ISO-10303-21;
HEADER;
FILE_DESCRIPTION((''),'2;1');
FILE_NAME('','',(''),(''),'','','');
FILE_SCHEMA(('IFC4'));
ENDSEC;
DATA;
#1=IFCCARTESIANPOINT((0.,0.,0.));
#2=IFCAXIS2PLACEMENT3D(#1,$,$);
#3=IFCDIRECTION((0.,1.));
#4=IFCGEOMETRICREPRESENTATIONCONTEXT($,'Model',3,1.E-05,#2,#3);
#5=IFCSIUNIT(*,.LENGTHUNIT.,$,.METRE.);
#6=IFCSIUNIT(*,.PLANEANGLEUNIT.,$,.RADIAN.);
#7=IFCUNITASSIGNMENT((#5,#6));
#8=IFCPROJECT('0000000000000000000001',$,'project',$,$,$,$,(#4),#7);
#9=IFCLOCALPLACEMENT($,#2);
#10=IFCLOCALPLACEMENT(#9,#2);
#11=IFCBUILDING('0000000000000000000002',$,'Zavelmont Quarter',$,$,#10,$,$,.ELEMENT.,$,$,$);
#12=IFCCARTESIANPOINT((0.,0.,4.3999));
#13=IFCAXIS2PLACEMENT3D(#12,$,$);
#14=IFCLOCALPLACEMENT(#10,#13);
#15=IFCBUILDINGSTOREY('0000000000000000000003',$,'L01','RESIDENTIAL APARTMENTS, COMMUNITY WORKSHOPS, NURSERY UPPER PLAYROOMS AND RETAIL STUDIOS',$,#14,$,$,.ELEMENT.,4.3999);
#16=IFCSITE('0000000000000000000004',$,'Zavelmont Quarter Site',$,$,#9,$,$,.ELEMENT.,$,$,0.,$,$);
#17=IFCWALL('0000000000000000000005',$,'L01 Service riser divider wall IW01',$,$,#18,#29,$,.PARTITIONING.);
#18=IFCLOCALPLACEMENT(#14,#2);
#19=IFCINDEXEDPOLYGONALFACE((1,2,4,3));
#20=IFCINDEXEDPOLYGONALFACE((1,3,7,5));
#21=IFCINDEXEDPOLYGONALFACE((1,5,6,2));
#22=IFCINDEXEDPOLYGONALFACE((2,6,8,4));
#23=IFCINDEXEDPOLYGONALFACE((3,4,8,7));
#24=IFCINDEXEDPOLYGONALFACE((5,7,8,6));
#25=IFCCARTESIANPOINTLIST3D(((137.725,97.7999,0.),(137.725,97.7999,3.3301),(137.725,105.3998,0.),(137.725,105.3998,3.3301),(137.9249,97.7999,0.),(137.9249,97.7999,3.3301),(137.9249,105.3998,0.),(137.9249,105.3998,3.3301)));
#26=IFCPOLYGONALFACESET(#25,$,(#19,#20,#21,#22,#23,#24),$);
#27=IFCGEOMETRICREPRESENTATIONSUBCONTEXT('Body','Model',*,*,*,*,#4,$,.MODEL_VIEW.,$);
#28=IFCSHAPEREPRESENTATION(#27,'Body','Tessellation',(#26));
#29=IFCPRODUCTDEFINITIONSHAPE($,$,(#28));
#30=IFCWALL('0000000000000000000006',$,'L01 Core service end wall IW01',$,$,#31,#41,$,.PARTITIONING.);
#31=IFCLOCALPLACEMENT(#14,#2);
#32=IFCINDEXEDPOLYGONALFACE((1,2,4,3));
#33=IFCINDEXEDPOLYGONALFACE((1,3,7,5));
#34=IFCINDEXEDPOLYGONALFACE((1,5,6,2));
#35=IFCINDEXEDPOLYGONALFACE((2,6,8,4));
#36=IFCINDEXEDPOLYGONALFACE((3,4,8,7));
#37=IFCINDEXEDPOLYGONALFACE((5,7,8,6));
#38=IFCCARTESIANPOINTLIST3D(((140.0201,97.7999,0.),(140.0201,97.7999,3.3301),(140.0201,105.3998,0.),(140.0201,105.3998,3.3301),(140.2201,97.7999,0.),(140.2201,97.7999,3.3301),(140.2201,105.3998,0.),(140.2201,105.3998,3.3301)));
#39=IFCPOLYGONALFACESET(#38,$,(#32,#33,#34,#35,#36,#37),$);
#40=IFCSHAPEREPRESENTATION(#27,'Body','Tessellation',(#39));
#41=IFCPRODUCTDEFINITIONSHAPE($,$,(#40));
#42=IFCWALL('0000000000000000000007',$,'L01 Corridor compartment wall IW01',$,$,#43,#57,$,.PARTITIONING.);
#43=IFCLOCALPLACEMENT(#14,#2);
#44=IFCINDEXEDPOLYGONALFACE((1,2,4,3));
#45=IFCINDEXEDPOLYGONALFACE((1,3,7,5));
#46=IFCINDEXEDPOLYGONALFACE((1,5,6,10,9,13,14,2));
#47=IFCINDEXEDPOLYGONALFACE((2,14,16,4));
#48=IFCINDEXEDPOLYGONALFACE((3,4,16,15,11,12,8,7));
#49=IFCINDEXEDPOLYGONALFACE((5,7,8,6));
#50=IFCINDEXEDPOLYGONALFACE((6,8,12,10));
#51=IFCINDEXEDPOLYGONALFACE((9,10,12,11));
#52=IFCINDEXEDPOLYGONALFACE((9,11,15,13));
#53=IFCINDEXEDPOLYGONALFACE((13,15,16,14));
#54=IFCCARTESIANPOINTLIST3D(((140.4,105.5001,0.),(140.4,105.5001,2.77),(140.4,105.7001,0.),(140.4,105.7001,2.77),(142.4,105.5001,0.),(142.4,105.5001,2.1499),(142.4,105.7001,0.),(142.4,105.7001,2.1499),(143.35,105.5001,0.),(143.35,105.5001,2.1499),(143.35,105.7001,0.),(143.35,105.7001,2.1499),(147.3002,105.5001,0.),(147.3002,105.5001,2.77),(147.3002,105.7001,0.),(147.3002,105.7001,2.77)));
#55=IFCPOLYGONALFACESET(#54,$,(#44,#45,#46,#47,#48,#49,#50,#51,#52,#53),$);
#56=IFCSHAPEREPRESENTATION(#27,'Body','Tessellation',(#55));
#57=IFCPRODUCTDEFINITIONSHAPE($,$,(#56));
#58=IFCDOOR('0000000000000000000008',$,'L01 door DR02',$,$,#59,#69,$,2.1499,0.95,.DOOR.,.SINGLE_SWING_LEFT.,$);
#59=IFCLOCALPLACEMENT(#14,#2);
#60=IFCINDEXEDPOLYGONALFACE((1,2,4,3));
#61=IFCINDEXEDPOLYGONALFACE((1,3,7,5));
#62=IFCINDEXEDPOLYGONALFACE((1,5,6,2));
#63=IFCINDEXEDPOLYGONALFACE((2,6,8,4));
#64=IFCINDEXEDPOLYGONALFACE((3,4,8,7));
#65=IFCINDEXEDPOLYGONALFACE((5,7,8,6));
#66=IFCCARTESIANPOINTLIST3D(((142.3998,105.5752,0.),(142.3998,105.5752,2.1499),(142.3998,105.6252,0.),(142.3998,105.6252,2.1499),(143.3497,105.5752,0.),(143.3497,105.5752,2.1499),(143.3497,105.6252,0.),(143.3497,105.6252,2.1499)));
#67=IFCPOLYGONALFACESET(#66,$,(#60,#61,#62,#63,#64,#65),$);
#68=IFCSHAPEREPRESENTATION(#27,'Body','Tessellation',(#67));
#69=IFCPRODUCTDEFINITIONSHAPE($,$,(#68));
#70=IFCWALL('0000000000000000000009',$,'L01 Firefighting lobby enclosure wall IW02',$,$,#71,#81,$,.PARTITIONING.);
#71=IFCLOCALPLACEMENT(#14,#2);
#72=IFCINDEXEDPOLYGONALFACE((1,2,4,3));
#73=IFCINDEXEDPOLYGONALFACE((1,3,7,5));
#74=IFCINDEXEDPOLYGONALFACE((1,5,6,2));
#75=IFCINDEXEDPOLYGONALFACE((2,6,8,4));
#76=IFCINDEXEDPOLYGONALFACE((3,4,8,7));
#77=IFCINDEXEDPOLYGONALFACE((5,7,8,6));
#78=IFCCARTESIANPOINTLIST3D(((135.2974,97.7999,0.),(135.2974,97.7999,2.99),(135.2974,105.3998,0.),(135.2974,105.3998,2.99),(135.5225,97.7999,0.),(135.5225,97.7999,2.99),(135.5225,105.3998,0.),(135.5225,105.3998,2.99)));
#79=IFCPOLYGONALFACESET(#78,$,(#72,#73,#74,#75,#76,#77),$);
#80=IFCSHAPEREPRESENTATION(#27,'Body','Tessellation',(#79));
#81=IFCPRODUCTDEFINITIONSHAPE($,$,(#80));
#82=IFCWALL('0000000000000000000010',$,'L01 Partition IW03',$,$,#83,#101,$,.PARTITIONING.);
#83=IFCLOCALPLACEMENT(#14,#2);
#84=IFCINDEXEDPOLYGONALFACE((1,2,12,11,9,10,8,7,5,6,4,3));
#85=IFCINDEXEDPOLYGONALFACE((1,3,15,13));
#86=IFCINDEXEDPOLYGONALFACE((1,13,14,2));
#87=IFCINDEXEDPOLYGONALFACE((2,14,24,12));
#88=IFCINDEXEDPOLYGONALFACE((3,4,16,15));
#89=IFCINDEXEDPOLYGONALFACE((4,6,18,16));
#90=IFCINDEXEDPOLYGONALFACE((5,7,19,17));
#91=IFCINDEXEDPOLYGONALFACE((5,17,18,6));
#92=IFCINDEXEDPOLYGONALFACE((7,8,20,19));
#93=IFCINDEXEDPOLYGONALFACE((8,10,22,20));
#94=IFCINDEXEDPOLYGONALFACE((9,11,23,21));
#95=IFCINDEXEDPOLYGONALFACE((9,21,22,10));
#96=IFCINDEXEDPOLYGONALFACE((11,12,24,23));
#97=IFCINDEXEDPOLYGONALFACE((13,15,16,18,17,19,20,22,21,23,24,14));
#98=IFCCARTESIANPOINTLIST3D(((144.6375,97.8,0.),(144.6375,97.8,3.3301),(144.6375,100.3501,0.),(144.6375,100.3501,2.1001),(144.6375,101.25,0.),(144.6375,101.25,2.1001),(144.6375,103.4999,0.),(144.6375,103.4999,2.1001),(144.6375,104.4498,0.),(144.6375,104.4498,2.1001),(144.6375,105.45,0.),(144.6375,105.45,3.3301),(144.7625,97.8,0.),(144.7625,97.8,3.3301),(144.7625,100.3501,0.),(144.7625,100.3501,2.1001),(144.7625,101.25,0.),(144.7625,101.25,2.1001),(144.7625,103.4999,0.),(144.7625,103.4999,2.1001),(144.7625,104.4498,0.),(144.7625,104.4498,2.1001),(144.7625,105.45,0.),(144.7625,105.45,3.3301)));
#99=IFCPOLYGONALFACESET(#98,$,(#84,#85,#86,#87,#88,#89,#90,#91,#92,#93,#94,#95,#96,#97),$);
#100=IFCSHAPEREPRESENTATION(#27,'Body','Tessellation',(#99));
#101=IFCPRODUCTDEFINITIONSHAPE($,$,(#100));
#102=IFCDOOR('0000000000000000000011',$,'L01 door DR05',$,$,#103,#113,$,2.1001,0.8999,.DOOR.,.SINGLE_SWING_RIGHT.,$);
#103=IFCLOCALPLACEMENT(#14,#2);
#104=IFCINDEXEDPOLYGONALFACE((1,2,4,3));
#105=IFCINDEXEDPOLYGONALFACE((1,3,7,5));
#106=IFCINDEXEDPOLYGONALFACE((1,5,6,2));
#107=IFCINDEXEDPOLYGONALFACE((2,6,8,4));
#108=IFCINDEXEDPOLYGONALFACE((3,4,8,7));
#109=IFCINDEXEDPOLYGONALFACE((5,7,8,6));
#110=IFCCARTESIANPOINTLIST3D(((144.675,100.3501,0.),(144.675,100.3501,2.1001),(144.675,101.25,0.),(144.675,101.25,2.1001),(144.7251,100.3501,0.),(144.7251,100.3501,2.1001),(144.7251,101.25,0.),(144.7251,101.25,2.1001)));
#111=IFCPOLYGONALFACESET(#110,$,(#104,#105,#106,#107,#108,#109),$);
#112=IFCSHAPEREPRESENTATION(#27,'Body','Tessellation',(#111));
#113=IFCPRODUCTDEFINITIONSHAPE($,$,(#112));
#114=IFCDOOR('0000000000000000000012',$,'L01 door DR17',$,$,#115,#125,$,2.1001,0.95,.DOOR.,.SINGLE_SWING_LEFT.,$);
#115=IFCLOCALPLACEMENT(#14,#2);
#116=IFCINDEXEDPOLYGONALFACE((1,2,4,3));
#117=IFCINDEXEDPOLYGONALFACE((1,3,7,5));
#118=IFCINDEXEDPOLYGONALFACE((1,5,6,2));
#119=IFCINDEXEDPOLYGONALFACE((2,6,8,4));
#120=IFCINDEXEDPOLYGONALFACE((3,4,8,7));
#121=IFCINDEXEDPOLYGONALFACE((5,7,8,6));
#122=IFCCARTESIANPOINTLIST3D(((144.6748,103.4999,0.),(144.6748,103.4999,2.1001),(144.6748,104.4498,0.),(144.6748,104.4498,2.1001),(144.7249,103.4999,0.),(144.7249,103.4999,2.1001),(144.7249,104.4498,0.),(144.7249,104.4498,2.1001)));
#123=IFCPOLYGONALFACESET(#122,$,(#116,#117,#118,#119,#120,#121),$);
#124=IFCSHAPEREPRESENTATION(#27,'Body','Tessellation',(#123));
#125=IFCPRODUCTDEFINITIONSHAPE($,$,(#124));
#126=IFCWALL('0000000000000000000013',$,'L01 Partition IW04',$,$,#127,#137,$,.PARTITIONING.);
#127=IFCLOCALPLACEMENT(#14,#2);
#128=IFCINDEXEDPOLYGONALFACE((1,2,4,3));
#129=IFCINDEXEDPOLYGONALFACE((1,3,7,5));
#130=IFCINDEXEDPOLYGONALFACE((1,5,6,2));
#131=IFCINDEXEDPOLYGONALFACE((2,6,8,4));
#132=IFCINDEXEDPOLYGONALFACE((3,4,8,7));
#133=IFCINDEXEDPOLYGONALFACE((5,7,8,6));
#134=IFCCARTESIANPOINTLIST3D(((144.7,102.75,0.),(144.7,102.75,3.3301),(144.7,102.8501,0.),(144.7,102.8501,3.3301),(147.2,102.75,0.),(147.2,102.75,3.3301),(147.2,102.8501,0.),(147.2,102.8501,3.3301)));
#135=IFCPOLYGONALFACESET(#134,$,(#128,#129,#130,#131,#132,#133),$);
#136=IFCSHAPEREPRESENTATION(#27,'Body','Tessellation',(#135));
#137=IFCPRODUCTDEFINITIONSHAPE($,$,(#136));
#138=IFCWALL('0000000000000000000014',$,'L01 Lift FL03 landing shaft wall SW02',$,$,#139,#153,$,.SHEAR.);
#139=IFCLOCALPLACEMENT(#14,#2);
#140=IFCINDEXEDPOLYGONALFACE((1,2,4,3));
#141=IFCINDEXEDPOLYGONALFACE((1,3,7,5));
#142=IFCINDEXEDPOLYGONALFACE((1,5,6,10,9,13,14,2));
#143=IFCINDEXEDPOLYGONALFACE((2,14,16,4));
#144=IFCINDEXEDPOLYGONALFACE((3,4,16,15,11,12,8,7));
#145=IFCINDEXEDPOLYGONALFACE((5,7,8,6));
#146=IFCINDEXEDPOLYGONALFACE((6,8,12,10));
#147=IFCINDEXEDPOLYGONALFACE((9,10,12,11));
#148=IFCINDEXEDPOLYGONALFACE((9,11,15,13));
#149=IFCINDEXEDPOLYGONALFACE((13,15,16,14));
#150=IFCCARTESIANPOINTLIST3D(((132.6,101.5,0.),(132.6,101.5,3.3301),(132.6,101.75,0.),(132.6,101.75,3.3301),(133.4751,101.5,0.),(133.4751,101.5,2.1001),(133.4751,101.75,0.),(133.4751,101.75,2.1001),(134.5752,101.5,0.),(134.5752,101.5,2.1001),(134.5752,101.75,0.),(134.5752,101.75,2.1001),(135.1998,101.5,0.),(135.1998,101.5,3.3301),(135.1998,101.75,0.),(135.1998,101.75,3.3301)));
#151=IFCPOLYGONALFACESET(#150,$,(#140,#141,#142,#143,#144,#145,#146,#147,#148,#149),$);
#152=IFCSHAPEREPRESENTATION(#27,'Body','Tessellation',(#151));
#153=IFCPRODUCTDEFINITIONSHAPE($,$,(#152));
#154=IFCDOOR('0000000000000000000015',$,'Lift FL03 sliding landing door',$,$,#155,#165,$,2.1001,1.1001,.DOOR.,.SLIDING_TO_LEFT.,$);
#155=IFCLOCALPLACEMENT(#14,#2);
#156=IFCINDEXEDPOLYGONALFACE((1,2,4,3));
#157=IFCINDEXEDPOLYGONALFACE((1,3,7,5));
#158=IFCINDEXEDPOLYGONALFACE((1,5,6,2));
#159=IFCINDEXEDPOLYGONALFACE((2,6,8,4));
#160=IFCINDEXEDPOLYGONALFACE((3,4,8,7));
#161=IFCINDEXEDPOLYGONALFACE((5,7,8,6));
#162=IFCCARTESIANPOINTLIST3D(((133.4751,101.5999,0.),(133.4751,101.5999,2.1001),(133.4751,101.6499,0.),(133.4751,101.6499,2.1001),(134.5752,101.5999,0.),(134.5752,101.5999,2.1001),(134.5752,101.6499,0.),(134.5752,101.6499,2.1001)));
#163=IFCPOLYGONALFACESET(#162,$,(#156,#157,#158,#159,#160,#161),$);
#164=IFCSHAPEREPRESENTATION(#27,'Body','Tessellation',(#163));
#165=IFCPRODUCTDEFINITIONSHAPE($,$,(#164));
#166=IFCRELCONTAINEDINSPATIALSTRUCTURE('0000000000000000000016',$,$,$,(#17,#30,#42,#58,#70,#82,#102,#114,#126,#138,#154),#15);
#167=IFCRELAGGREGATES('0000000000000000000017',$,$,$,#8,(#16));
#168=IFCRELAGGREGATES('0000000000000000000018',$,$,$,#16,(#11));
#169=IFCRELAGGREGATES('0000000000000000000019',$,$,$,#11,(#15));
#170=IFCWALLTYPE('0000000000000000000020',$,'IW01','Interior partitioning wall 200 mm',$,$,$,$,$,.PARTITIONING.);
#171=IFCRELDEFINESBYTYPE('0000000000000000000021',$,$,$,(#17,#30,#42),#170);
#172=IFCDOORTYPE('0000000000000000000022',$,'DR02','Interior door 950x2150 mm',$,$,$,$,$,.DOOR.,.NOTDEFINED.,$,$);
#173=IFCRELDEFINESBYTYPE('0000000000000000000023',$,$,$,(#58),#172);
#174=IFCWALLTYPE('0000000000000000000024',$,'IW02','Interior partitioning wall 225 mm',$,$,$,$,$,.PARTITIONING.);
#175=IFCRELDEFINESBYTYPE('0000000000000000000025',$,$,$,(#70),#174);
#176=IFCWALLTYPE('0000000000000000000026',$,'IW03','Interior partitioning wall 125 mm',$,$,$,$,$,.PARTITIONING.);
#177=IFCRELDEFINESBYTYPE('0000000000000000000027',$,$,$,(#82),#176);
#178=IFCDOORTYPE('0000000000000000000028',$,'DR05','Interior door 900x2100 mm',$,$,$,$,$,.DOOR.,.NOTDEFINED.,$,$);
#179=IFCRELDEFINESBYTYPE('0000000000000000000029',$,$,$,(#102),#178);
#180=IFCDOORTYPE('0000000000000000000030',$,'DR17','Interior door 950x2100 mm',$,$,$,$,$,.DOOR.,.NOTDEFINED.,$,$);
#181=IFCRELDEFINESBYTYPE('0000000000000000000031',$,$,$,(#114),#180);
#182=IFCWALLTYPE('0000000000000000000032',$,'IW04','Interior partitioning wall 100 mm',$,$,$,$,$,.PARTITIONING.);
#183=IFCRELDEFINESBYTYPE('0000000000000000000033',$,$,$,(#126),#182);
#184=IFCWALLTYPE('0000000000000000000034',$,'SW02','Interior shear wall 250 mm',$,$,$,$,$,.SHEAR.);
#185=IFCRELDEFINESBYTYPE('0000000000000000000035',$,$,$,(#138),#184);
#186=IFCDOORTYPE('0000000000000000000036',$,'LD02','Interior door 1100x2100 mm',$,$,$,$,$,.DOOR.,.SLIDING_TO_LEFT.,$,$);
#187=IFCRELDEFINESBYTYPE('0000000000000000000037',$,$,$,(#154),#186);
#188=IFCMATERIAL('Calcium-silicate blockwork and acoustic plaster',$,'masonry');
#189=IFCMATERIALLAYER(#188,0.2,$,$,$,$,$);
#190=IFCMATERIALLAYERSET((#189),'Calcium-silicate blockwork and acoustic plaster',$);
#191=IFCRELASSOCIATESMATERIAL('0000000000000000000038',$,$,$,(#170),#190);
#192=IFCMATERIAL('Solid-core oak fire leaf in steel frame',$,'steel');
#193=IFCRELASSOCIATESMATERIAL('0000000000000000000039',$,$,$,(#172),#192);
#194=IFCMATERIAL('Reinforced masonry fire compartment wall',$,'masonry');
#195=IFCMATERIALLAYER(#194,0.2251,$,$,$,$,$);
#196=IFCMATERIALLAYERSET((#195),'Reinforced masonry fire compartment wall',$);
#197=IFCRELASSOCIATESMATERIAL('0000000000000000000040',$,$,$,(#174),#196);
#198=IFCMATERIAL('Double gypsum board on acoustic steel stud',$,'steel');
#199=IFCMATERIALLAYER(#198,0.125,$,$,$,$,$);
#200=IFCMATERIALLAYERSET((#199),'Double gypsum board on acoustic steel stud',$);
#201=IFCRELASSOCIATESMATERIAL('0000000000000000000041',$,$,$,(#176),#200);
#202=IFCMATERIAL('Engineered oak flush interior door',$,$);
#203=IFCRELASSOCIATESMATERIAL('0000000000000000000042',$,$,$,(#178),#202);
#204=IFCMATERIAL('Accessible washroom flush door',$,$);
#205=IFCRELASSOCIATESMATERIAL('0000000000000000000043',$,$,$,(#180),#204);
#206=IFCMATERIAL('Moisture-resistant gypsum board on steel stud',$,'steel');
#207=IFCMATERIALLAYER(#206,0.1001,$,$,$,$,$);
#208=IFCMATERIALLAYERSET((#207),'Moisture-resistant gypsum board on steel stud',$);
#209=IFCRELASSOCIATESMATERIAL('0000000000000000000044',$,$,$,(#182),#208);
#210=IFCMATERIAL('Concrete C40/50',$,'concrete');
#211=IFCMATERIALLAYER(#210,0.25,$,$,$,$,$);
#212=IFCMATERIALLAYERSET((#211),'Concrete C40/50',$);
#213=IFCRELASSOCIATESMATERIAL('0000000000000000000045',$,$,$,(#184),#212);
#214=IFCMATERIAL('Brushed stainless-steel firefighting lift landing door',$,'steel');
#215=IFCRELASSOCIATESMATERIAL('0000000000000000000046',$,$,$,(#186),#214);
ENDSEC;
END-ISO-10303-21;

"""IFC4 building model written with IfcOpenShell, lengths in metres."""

from ifc_helpers import new_model, si_unit, direction, frame, frame_2d, origin, origin_with_axes, place, context, subcontext, project, spatial, rectangle, extrude, material, layer, layer_set, type_object, element, fill, save


model = new_model("IFC4")

# Units and contexts
model_context = context("Model", 3, precision=1e-05, world=origin(), true_north=direction((0.0, 1.0)))
body_context = subcontext(model_context, "Body", "Model", "MODEL_VIEW")
ifc_project = project(units=[si_unit("LENGTHUNIT", "METRE"), si_unit("PLANEANGLEUNIT", "RADIAN")], contexts=[model_context])

# Site, building, storey
site_placement = place(None, origin())
site = spatial("IfcSite", under=ifc_project, at=site_placement, Name="Zavelmont Quarter Site", CompositionType="ELEMENT", RefElevation=0.0)
building_placement = place(site_placement, origin())
building = spatial("IfcBuilding", under=site, at=building_placement, Name="Zavelmont Quarter", CompositionType="ELEMENT")
storey_placement = place(building_placement, frame((0.0, 0.0, 4.3999)))
storey = spatial("IfcBuildingStorey", under=building, at=storey_placement, Name="L01", Description="RESIDENTIAL APARTMENTS, COMMUNITY WORKSHOPS, NURSERY UPPER PLAYROOMS AND RETAIL STUDIOS", CompositionType="ELEMENT", Elevation=4.3999)

# Shared definitions
ifc_material_1 = material(Name="Concrete C40/50", Category="concrete")

# Walls
ifc_material_2 = material(Name="Calcium-silicate blockwork and acoustic plaster", Category="masonry")
ifc_layer_1 = layer(ifc_material_2, 0.2)
ifc_layer_set_1 = layer_set([ifc_layer_1], Name="Calcium-silicate blockwork and acoustic plaster")
wall_type_1 = type_object("IfcWallType", Name="IW01", Description="Interior partitioning wall 200 mm", PredefinedType="PARTITIONING", material=ifc_layer_set_1)
for number, where, z_axis, x_axis, name in (
    (1, (137.825, 97.8, 0.0), (0.0, 0.0, 1.0), (0.0, 1.0, 0.0), "L01 Service riser divider wall IW01"),
    (2, (140.1201, 97.8, 0.0), (0.0, 0.0, 1.0), (0.0, 1.0, 0.0), "L01 Core service end wall IW01"),
):
    element("IfcWall", number, at=place(storey_placement, frame(where, z_axis=z_axis, x_axis=x_axis)), inside=storey, type_object=wall_type_1, Name=name, PredefinedType="PARTITIONING", context=body_context, shape_type="SweptSolid", body=[
        extrude(rectangle(XDim=7.5999, YDim=0.2, at=frame_2d((3.7998, 0.0))), origin(), (0.0, 0.0, 1.0), 3.3301),
    ])

# Wall, opening, door
wall_1_placement = place(storey_placement, frame((140.3999, 105.6001, 0.0), z_axis=(0.0, 0.0, 1.0), x_axis=(1.0, 0.0, 0.0)))
wall_1 = element("IfcWall", 3, at=wall_1_placement, inside=storey, type_object=wall_type_1, Name="L01 Corridor compartment wall IW01", PredefinedType="PARTITIONING", context=body_context, shape_type="SweptSolid", body=[
    extrude(rectangle(XDim=6.9001, YDim=0.2, at=frame_2d((3.4502, 0.0))), origin(), (0.0, 0.0, 1.0), 2.77),
])
opening_1_placement = place(wall_1_placement, frame((2.0, 0.0, 0.0)))
opening_1 = element("IfcOpeningElement", 4, at=opening_1_placement, cuts=wall_1, PredefinedType="OPENING", context=body_context, shape_type="SweptSolid", body=[
    extrude(rectangle(XDim=0.95, YDim=2.1499, at=frame_2d((0.4751, 1.075))), frame((0.0, 0.1118, 0.0), z_axis=(0.0, -1.0, 0.0), x_axis=(1.0, 0.0, 0.0)), (0.0, 0.0, 1.0), 0.2239),
])
ifc_material_3 = material(Name="Solid-core oak fire leaf in steel frame", Category="steel")
door_type_1 = type_object("IfcDoorType", Name="DR02", Description="Interior door 950x2150 mm", OperationType="NOTDEFINED", PredefinedType="DOOR", material=ifc_material_3)
door_1_placement = place(opening_1_placement, frame((0.95, 0.0, 0.0), z_axis=(0.0, 0.0, 1.0), x_axis=(-1.0, 0.0, 0.0)))
door_1 = element("IfcDoor", 5, at=door_1_placement, inside=storey, type_object=door_type_1, Name="L01 door DR02", OperationType="SINGLE_SWING_LEFT", OverallHeight=2.1499, OverallWidth=0.95, PredefinedType="DOOR", context=body_context, shape_type="SweptSolid", body=[
    extrude(rectangle(XDim=0.95, YDim=2.1499, at=frame_2d((0.4751, 1.075))), frame((0.0, 0.0249, 0.0), z_axis=(0.0, -1.0, 0.0), x_axis=(1.0, 0.0, 0.0)), (0.0, 0.0, 1.0), 0.05),
])
fill(opening_1, door_1)

# Wall
ifc_material_4 = material(Name="Reinforced masonry fire compartment wall", Category="masonry")
ifc_layer_2 = layer(ifc_material_4, 0.2251)
ifc_layer_set_2 = layer_set([ifc_layer_2], Name="Reinforced masonry fire compartment wall")
wall_type_2 = type_object("IfcWallType", Name="IW02", Description="Interior partitioning wall 225 mm", PredefinedType="PARTITIONING", material=ifc_layer_set_2)
wall_2_placement = place(storey_placement, frame((135.4099, 97.8, 0.0), z_axis=(0.0, 0.0, 1.0), x_axis=(0.0, 1.0, 0.0)))
element("IfcWall", 6, at=wall_2_placement, inside=storey, type_object=wall_type_2, Name="L01 Firefighting lobby enclosure wall IW02", PredefinedType="PARTITIONING", context=body_context, shape_type="SweptSolid", body=[
    extrude(rectangle(XDim=7.5999, YDim=0.2251, at=frame_2d((3.7998, 0.0))), origin(), (0.0, 0.0, 1.0), 2.99),
])

# Wall, openings, doors
ifc_material_5 = material(Name="Double gypsum board on acoustic steel stud", Category="steel")
ifc_layer_3 = layer(ifc_material_5, 0.125)
ifc_layer_set_3 = layer_set([ifc_layer_3], Name="Double gypsum board on acoustic steel stud")
wall_type_3 = type_object("IfcWallType", Name="IW03", Description="Interior partitioning wall 125 mm", PredefinedType="PARTITIONING", material=ifc_layer_set_3)
wall_3_placement = place(storey_placement, frame((144.7, 105.45, 0.0), z_axis=(0.0, 0.0, 1.0), x_axis=(0.0, -1.0, 0.0)))
wall_3 = element("IfcWall", 7, at=wall_3_placement, inside=storey, type_object=wall_type_3, Name="L01 Partition IW03", PredefinedType="PARTITIONING", context=body_context, shape_type="SweptSolid", body=[
    extrude(rectangle(XDim=7.6499, YDim=0.125, at=frame_2d((3.825, 0.0))), origin(), (0.0, 0.0, 1.0), 3.3301),
])
opening_2_placement = place(wall_3_placement, frame((1.0, 0.0, 0.0)))
opening_2 = element("IfcOpeningElement", 8, at=opening_2_placement, cuts=wall_3, PredefinedType="OPENING", context=body_context, shape_type="SweptSolid", body=[
    extrude(rectangle(XDim=0.95, YDim=2.1001, at=frame_2d((0.4751, 1.05))), frame((0.0, 0.0745, 0.0), z_axis=(0.0, -1.0, 0.0), x_axis=(1.0, 0.0, 0.0)), (0.0, 0.0, 1.0), 0.1489),
])
opening_3_placement = place(wall_3_placement, frame((4.2, 0.0, 0.0)))
opening_3 = element("IfcOpeningElement", 9, at=opening_3_placement, cuts=wall_3, PredefinedType="OPENING", context=body_context, shape_type="SweptSolid", body=[
    extrude(rectangle(XDim=0.8999, YDim=2.1001, at=frame_2d((0.45, 1.05))), frame((0.0, 0.0745, 0.0), z_axis=(0.0, -1.0, 0.0), x_axis=(1.0, 0.0, 0.0)), (0.0, 0.0, 1.0), 0.1489),
])
ifc_material_6 = material(Name="Engineered oak flush interior door")
door_type_2 = type_object("IfcDoorType", Name="DR05", Description="Interior door 900x2100 mm", OperationType="NOTDEFINED", PredefinedType="DOOR", material=ifc_material_6)
door_2_placement = place(opening_3_placement, frame((0.8999, 0.0, 0.0), z_axis=(0.0, 0.0, 1.0), x_axis=(-1.0, 0.0, 0.0)))
door_2 = element("IfcDoor", 10, at=door_2_placement, inside=storey, type_object=door_type_2, Name="L01 door DR05", OperationType="SINGLE_SWING_RIGHT", OverallHeight=2.1001, OverallWidth=0.8999, PredefinedType="DOOR", context=body_context, shape_type="SweptSolid", body=[
    extrude(rectangle(XDim=0.8999, YDim=2.1001, at=frame_2d((0.45, 1.05))), frame((0.0, 0.0249, 0.0), z_axis=(0.0, -1.0, 0.0), x_axis=(1.0, 0.0, 0.0)), (0.0, 0.0, 1.0), 0.05),
])
fill(opening_3, door_2)
ifc_material_7 = material(Name="Accessible washroom flush door")
door_type_3 = type_object("IfcDoorType", Name="DR17", Description="Interior door 950x2100 mm", OperationType="NOTDEFINED", PredefinedType="DOOR", material=ifc_material_7)
door_3_placement = place(opening_2_placement, origin_with_axes())
door_3 = element("IfcDoor", 11, at=door_3_placement, inside=storey, type_object=door_type_3, Name="L01 door DR17", OperationType="SINGLE_SWING_LEFT", OverallHeight=2.1001, OverallWidth=0.95, PredefinedType="DOOR", context=body_context, shape_type="SweptSolid", body=[
    extrude(rectangle(XDim=0.95, YDim=2.1001, at=frame_2d((0.4751, 1.05))), frame((0.0, 0.0249, 0.0), z_axis=(0.0, -1.0, 0.0), x_axis=(1.0, 0.0, 0.0)), (0.0, 0.0, 1.0), 0.05),
])
fill(opening_2, door_3)

# Wall
ifc_material_8 = material(Name="Moisture-resistant gypsum board on steel stud", Category="steel")
ifc_layer_4 = layer(ifc_material_8, 0.1001)
ifc_layer_set_4 = layer_set([ifc_layer_4], Name="Moisture-resistant gypsum board on steel stud")
wall_type_4 = type_object("IfcWallType", Name="IW04", Description="Interior partitioning wall 100 mm", PredefinedType="PARTITIONING", material=ifc_layer_set_4)
wall_4_placement = place(storey_placement, frame((144.7, 102.8, 0.0), z_axis=(0.0, 0.0, 1.0), x_axis=(1.0, 0.0, 0.0)))
element("IfcWall", 12, at=wall_4_placement, inside=storey, type_object=wall_type_4, Name="L01 Partition IW04", PredefinedType="PARTITIONING", context=body_context, shape_type="SweptSolid", body=[
    extrude(rectangle(XDim=2.5, YDim=0.1001, at=frame_2d((1.25, 0.0))), origin(), (0.0, 0.0, 1.0), 3.3301),
])

# Wall, opening, door
ifc_layer_5 = layer(ifc_material_1, 0.25)
ifc_layer_set_5 = layer_set([ifc_layer_5], Name="Concrete C40/50")
wall_type_5 = type_object("IfcWallType", Name="SW02", Description="Interior shear wall 250 mm", PredefinedType="SHEAR", material=ifc_layer_set_5)
wall_5_placement = place(storey_placement, frame((132.6001, 101.625, 0.0), z_axis=(0.0, 0.0, 1.0), x_axis=(1.0, 0.0, 0.0)))
wall_5 = element("IfcWall", 13, at=wall_5_placement, inside=storey, type_object=wall_type_5, Name="L01 Lift FL03 landing shaft wall SW02", PredefinedType="SHEAR", context=body_context, shape_type="SweptSolid", body=[
    extrude(rectangle(XDim=2.5999, YDim=0.25, at=frame_2d((1.2998, 0.0))), origin(), (0.0, 0.0, 1.0), 3.3301),
])
opening_4_placement = place(wall_5_placement, frame((0.875, 0.0, 0.0)))
opening_4 = element("IfcOpeningElement", 14, at=opening_4_placement, cuts=wall_5, PredefinedType="OPENING", context=body_context, shape_type="SweptSolid", body=[
    extrude(rectangle(XDim=1.1001, YDim=2.1001, at=frame_2d((0.55, 1.05))), frame((0.0, 0.137, 0.0), z_axis=(0.0, -1.0, 0.0), x_axis=(1.0, 0.0, 0.0)), (0.0, 0.0, 1.0), 0.2739),
])
ifc_material_9 = material(Name="Brushed stainless-steel firefighting lift landing door", Category="steel")
door_type_4 = type_object("IfcDoorType", Name="LD02", Description="Interior door 1100x2100 mm", OperationType="SLIDING_TO_LEFT", PredefinedType="DOOR", material=ifc_material_9)
door_4_placement = place(opening_4_placement, origin_with_axes())
door_4 = element("IfcDoor", 15, at=door_4_placement, inside=storey, type_object=door_type_4, Name="Lift FL03 sliding landing door", OperationType="SLIDING_TO_LEFT", OverallHeight=2.1001, OverallWidth=1.1001, PredefinedType="DOOR", context=body_context, shape_type="SweptSolid", body=[
    extrude(rectangle(XDim=1.1001, YDim=2.1001, at=frame_2d((0.55, 1.05))), frame((0.0, 0.0249, 0.0), z_axis=(0.0, -1.0, 0.0), x_axis=(1.0, 0.0, 0.0)), (0.0, 0.0, 1.0), 0.05),
])
fill(opening_4, door_4)

save(model, "model.ifc")
